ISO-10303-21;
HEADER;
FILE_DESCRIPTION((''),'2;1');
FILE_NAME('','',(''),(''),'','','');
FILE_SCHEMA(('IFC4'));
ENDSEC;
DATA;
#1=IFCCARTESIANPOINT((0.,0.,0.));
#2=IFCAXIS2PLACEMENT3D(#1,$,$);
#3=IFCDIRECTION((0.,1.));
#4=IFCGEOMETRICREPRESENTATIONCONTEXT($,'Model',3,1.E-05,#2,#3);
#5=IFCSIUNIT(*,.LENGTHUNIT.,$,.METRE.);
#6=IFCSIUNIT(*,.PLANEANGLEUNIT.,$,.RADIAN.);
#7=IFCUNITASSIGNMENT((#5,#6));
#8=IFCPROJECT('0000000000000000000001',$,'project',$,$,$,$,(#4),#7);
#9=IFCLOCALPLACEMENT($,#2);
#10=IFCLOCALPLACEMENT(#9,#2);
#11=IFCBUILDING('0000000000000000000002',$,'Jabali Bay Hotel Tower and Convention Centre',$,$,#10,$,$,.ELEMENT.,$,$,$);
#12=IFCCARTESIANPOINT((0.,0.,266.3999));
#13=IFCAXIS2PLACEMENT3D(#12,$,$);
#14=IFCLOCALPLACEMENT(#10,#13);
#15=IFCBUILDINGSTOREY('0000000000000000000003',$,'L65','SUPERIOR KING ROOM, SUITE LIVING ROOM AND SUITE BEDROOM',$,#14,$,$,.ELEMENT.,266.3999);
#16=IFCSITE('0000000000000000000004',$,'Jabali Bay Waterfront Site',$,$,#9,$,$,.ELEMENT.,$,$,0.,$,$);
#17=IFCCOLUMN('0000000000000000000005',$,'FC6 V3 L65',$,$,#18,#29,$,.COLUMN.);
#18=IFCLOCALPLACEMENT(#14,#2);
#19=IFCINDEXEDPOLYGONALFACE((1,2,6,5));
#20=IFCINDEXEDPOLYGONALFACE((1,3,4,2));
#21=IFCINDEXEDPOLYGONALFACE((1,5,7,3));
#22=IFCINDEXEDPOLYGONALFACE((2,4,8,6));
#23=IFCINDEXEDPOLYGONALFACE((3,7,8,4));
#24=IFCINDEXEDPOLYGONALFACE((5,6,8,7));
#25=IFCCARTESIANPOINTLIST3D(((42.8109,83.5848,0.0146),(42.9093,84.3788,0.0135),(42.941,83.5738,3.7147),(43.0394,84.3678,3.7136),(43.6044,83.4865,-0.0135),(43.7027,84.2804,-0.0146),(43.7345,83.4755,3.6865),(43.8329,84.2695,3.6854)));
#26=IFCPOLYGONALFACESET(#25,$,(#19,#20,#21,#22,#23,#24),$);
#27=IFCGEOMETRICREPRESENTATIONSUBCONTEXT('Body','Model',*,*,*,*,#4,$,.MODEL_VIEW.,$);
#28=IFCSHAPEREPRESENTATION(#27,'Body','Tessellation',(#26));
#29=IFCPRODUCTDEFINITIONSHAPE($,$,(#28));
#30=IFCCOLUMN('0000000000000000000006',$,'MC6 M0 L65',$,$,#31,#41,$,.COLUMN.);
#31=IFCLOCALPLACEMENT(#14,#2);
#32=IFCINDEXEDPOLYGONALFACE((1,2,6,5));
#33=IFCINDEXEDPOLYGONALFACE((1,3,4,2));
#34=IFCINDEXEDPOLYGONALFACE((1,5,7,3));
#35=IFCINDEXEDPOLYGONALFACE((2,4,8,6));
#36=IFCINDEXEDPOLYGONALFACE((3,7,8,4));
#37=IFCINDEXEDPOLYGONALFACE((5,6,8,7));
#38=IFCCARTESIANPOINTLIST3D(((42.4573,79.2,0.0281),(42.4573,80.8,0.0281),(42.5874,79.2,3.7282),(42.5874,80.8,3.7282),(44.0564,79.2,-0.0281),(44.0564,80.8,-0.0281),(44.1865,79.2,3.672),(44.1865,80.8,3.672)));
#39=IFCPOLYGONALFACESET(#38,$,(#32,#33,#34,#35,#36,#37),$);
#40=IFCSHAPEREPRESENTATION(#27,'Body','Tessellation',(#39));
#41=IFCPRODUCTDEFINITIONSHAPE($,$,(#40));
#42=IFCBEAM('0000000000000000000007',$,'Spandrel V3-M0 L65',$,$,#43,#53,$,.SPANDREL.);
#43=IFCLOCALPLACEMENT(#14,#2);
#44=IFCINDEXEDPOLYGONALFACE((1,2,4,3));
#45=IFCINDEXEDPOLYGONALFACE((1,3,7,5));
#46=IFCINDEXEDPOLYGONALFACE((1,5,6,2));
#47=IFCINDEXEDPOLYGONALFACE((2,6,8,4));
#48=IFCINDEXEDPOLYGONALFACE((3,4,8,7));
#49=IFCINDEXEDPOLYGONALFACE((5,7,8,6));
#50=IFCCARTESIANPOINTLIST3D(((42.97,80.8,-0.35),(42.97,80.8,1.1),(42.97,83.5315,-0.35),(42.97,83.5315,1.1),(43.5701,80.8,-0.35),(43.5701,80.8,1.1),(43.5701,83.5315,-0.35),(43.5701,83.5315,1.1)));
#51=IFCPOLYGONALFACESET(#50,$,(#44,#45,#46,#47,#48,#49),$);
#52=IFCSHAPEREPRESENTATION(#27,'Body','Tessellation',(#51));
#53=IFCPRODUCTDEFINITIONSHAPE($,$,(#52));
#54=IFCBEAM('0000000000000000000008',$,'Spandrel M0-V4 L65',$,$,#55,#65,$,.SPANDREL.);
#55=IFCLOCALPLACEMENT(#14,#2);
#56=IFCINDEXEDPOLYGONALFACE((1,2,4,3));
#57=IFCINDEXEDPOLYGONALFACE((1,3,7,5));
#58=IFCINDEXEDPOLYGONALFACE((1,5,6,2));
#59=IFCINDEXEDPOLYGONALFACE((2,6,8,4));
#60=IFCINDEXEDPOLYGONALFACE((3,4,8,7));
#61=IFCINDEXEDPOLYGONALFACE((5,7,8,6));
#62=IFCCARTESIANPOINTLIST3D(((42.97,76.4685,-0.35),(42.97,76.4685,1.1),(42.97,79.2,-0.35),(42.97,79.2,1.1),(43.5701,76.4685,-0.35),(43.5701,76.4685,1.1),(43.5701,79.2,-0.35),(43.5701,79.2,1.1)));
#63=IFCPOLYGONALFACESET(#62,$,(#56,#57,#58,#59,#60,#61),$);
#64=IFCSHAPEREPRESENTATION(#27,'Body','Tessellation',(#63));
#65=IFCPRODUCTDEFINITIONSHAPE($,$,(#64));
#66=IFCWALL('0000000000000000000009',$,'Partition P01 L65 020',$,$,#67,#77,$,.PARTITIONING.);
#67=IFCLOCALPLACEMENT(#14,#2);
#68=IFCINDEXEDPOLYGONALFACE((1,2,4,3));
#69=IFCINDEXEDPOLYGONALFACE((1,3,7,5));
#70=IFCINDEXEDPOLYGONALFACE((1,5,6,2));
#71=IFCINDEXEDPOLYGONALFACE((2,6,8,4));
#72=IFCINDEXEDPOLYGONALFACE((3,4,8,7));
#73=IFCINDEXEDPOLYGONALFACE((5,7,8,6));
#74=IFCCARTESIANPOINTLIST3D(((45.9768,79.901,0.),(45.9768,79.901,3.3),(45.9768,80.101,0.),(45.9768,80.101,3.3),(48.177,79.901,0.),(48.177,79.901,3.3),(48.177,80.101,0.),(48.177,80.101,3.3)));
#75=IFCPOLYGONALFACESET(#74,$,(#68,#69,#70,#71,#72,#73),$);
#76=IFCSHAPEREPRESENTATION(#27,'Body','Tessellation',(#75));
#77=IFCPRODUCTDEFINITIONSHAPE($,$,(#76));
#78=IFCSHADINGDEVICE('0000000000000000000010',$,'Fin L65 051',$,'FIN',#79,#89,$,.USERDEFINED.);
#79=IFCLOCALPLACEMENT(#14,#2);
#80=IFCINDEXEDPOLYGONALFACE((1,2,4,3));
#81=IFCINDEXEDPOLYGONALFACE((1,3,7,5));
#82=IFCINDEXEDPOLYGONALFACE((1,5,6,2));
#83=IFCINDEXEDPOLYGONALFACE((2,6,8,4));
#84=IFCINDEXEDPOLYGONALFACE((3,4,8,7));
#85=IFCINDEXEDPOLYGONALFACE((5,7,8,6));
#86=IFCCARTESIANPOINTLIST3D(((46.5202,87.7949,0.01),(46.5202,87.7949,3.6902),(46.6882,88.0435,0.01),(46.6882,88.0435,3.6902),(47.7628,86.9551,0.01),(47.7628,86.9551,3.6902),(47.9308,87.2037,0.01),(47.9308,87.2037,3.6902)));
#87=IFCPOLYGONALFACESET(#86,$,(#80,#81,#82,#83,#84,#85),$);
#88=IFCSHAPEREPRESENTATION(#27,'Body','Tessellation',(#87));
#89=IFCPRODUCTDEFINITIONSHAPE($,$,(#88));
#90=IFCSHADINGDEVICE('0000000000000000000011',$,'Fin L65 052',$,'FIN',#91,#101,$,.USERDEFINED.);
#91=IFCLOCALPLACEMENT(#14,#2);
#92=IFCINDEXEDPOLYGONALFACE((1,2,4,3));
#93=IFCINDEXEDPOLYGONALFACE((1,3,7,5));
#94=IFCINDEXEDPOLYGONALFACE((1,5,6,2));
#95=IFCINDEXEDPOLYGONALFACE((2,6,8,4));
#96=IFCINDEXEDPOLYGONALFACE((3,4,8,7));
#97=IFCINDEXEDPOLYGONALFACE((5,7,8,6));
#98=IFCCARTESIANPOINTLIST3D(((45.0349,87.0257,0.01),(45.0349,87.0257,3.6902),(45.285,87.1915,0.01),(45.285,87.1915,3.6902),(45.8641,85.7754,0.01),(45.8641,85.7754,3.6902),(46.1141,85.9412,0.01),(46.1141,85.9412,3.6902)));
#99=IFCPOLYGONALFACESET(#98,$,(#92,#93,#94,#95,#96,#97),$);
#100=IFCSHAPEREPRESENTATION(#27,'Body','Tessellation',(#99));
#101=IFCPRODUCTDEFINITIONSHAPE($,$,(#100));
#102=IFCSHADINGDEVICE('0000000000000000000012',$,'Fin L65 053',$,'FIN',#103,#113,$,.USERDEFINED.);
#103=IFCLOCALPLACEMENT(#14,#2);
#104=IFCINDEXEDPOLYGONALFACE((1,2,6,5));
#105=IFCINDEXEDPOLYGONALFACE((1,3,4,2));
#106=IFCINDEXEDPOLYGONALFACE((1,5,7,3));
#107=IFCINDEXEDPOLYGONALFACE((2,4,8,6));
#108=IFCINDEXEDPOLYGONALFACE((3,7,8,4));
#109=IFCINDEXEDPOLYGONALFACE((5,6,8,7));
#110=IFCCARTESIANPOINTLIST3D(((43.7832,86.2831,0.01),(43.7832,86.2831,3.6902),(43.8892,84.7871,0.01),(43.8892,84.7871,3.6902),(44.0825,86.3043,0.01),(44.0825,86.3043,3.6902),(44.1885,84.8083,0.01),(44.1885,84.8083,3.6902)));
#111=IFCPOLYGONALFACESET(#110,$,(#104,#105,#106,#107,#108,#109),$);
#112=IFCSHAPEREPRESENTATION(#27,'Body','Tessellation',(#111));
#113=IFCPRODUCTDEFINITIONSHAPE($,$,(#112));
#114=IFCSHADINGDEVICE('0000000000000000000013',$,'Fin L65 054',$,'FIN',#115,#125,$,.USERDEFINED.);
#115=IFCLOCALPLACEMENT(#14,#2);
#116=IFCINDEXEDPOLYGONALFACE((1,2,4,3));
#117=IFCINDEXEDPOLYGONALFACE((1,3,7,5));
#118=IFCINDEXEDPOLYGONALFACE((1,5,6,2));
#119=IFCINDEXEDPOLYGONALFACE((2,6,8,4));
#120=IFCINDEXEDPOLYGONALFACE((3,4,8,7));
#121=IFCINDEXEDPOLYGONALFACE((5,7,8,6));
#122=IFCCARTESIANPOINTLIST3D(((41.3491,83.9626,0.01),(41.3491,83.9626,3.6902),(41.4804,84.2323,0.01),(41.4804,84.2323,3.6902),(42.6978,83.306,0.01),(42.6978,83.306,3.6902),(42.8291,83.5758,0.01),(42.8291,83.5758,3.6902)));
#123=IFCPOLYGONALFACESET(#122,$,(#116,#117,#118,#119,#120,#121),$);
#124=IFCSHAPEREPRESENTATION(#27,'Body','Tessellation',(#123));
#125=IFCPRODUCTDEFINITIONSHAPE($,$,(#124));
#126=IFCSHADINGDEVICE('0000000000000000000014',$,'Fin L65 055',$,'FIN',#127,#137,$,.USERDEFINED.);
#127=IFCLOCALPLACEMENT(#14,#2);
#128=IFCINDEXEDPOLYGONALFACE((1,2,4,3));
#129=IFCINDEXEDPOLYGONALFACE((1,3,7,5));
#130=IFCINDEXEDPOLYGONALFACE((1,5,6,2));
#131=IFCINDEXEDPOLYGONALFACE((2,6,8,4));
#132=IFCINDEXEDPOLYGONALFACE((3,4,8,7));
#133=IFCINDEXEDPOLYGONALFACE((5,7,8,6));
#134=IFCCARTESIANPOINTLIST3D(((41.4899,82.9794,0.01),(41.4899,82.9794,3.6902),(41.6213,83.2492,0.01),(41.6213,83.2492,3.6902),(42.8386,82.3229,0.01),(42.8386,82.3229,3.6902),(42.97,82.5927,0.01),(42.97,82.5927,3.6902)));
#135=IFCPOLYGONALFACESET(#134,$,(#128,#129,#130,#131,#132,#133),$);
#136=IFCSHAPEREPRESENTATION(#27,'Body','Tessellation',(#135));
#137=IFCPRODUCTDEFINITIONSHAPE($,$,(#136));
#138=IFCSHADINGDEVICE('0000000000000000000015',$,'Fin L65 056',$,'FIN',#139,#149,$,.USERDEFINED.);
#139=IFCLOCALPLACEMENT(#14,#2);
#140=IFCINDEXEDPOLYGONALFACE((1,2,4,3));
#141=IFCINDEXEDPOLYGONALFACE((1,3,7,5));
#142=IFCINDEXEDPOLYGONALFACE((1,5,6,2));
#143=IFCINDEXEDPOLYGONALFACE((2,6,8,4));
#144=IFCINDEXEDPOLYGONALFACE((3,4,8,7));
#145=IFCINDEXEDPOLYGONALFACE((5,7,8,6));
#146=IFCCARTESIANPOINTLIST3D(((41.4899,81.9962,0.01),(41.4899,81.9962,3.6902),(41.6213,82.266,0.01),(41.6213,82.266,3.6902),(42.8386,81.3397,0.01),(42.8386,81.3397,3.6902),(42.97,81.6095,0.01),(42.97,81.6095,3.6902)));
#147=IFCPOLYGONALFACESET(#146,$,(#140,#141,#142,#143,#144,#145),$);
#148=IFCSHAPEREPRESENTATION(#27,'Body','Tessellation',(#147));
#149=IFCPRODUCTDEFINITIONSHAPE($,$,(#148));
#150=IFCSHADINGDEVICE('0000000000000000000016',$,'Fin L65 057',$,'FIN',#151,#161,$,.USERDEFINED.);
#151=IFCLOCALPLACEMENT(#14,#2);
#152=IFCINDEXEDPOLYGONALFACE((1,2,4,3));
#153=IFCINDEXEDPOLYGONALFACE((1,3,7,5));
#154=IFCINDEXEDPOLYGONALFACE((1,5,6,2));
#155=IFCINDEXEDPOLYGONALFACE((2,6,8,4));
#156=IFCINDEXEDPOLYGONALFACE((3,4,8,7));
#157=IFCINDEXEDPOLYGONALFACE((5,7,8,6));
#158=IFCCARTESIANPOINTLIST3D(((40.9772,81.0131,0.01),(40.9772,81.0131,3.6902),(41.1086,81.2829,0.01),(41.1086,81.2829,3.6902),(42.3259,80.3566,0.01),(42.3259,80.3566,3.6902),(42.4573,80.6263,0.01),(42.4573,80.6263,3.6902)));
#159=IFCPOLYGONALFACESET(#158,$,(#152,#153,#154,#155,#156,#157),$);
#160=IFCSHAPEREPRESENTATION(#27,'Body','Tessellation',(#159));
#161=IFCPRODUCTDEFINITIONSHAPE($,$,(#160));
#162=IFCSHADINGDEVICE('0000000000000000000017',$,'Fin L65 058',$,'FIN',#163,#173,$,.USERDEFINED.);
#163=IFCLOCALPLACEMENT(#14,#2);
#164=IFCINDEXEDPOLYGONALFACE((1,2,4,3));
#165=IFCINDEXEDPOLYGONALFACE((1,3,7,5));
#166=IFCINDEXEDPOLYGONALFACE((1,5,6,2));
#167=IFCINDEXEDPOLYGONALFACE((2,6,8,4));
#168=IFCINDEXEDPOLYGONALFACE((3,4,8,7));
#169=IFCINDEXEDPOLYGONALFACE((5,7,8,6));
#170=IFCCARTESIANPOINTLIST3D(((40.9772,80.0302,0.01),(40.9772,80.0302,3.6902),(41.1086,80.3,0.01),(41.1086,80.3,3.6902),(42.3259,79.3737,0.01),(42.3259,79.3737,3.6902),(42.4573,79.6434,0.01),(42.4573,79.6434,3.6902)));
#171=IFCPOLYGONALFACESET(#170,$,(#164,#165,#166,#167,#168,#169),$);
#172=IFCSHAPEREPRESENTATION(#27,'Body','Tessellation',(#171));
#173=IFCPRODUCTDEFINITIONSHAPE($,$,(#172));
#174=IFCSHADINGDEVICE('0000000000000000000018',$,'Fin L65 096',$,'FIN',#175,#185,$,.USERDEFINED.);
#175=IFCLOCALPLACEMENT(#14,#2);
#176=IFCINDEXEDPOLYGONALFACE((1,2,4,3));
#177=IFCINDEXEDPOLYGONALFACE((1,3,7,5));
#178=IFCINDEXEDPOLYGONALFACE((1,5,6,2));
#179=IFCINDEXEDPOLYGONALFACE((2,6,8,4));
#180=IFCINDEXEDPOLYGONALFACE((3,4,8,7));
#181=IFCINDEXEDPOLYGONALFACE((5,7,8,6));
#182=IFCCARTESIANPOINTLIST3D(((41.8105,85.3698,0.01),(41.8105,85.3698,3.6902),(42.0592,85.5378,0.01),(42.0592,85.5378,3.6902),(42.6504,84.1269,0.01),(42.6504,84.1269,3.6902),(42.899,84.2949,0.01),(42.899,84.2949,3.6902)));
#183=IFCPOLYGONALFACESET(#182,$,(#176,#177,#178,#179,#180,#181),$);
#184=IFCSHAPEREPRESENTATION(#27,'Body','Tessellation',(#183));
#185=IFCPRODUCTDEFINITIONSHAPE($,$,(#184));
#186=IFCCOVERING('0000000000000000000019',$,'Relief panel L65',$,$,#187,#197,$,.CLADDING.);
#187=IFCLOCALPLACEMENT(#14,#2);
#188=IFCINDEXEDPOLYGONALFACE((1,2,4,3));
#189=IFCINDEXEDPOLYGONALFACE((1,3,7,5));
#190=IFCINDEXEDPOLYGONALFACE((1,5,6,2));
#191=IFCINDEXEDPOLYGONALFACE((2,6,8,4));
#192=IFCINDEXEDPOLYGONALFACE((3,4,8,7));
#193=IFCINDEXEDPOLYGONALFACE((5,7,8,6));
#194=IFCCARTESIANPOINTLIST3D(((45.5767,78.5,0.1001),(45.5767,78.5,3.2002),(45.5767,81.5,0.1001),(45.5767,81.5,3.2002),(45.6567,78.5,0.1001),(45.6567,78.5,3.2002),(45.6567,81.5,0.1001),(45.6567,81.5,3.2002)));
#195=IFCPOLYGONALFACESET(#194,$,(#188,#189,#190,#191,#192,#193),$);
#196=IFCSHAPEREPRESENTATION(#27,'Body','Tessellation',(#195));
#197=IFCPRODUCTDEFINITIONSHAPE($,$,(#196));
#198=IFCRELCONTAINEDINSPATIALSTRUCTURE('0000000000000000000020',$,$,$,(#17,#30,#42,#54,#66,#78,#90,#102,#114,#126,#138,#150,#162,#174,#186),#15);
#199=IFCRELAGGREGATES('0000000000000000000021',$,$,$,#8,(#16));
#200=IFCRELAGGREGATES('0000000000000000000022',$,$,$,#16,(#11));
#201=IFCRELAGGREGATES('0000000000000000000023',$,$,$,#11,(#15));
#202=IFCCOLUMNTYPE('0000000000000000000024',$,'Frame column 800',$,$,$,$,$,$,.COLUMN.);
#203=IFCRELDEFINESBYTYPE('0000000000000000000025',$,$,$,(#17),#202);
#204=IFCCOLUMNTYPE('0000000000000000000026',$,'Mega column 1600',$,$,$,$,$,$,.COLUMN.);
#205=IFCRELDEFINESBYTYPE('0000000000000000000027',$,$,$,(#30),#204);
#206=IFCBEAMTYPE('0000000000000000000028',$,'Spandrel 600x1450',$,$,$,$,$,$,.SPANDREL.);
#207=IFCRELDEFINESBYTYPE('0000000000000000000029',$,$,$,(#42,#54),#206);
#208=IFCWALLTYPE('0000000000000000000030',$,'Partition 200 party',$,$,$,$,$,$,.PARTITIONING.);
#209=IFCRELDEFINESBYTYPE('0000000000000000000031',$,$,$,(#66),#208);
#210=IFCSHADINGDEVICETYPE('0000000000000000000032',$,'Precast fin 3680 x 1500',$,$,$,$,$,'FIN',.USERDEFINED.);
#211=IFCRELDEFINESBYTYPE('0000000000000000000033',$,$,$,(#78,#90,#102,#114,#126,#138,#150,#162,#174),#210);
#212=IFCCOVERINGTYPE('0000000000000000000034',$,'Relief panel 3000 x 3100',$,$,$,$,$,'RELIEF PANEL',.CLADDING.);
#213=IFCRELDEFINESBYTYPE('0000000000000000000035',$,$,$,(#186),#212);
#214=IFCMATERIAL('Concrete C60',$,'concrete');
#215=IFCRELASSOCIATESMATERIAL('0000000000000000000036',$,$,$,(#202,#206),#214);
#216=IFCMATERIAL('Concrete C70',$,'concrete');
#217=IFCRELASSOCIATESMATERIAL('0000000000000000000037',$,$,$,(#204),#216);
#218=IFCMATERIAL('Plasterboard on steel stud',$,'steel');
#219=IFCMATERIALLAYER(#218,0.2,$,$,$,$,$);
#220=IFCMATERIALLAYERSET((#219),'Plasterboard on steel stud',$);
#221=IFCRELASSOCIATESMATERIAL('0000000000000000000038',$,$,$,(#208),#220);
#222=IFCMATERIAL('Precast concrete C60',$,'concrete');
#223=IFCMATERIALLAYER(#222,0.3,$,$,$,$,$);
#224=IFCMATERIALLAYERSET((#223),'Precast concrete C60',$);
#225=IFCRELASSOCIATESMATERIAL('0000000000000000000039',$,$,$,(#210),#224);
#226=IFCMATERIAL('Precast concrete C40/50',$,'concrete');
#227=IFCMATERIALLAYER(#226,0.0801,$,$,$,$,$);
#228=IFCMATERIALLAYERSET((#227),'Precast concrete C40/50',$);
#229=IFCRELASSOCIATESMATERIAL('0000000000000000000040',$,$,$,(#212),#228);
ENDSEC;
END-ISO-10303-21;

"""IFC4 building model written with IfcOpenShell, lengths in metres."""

from ifc_helpers import new_model, si_unit, direction, frame, frame_2d, origin, origin_2d, place, context, subcontext, project, spatial, rectangle, extrude, material, layer, layer_set, material_profile, profile_set, type_object, element, save


model = new_model("IFC4")

# Units and contexts
model_context = context("Model", 3, precision=1e-05, world=origin(), true_north=direction((0.0, 1.0)))
body_context = subcontext(model_context, "Body", "Model", "MODEL_VIEW")
ifc_project = project(units=[si_unit("LENGTHUNIT", "METRE"), si_unit("PLANEANGLEUNIT", "RADIAN")], contexts=[model_context])

# Site, building, storey
site_placement = place(None, origin())
site = spatial("IfcSite", under=ifc_project, at=site_placement, Name="Jabali Bay Waterfront Site", CompositionType="ELEMENT", RefElevation=0.0)
building_placement = place(site_placement, origin())
building = spatial("IfcBuilding", under=site, at=building_placement, Name="Jabali Bay Hotel Tower and Convention Centre", CompositionType="ELEMENT")
storey_placement = place(building_placement, frame((0.0, 0.0, 266.3999)))
storey = spatial("IfcBuildingStorey", under=building, at=storey_placement, Name="L65", Description="SUPERIOR KING ROOM, SUITE LIVING ROOM AND SUITE BEDROOM", CompositionType="ELEMENT", Elevation=266.3999)

# Columns
ifc_material_1 = material(Name="Concrete C60", Category="concrete")
ifc_material_profile_1 = material_profile(ifc_material_1, rectangle(XDim=0.8, YDim=0.8, at=origin_2d()), Name="Frame column 800")
ifc_profile_set_1 = profile_set([ifc_material_profile_1], Name="Concrete C60")
column_type_1 = type_object("IfcColumnType", Name="Frame column 800", PredefinedType="COLUMN", material=ifc_profile_set_1)
column_1_placement = place(storey_placement, frame((43.2568, 83.9326, 0.0), z_axis=(0.035146, -0.002967, 0.999378), x_axis=(-0.991795, 0.122888, 0.035244)))
element("IfcColumn", 1, at=column_1_placement, inside=storey, type_object=column_type_1, Name="FC6 V3 L65", PredefinedType="COLUMN", context=body_context, shape_type="SweptSolid", body=[
    extrude(rectangle(XDim=0.8, YDim=0.8, at=origin_2d()), origin(), (0.0, 0.0, 1.0), 3.7024),
])
ifc_material_2 = material(Name="Concrete C70", Category="concrete")
ifc_material_profile_2 = material_profile(ifc_material_2, rectangle(XDim=1.6001, YDim=1.6001, at=origin_2d()), Name="Mega column 1600")
ifc_profile_set_2 = profile_set([ifc_material_profile_2], Name="Concrete C70")
column_type_2 = type_object("IfcColumnType", Name="Mega column 1600", PredefinedType="COLUMN", material=ifc_profile_set_2)
column_2_placement = place(storey_placement, frame((43.2568, 80.0, 0.0), z_axis=(0.035146, 0.0, 0.999382), x_axis=(0.0, 1.0, 0.0)))
element("IfcColumn", 2, at=column_2_placement, inside=storey, type_object=column_type_2, Name="MC6 M0 L65", PredefinedType="COLUMN", context=body_context, shape_type="SweptSolid", body=[
    extrude(rectangle(XDim=1.6001, YDim=1.6001, at=origin_2d()), origin(), (0.0, 0.0, 1.0), 3.7024),
])

# Beams
ifc_material_profile_3 = material_profile(ifc_material_1, rectangle(XDim=0.6001, YDim=1.45, at=origin_2d()), Name="Spandrel 600x1450")
ifc_profile_set_3 = profile_set([ifc_material_profile_3], Name="Concrete C60")
beam_type = type_object("IfcBeamType", Name="Spandrel 600x1450", PredefinedType="SPANDREL", material=ifc_profile_set_3)
for number, where, z_axis, x_axis, name in (
    (3, (43.27, 83.5315, 0.375), (0.0, -1.0, 0.0), (1.0, 0.0, 0.0), "Spandrel V3-M0 L65"),
    (4, (43.27, 79.2, 0.375), (0.0, -1.0, 0.0), (1.0, 0.0, 0.0), "Spandrel M0-V4 L65"),
):
    element("IfcBeam", number, at=place(storey_placement, frame(where, z_axis=z_axis, x_axis=x_axis)), inside=storey, type_object=beam_type, Name=name, PredefinedType="SPANDREL", context=body_context, shape_type="SweptSolid", body=[
        extrude(rectangle(XDim=0.6001, YDim=1.45, at=origin_2d()), origin(), (0.0, 0.0, 1.0), 2.7314),
    ])

# Wall
ifc_material_3 = material(Name="Plasterboard on steel stud", Category="steel")
ifc_layer_1 = layer(ifc_material_3, 0.2)
ifc_layer_set_1 = layer_set([ifc_layer_1], Name="Plasterboard on steel stud")
wall_type_1 = type_object("IfcWallType", Name="Partition 200 party", PredefinedType="PARTITIONING", material=ifc_layer_set_1)
wall_1_placement = place(storey_placement, frame((45.9768, 80.001, 0.0), z_axis=(0.0, 0.0, 1.0), x_axis=(1.0, 0.0, 0.0)))
element("IfcWall", 5, at=wall_1_placement, inside=storey, type_object=wall_type_1, Name="Partition P01 L65 020", PredefinedType="PARTITIONING", context=body_context, shape_type="SweptSolid", body=[
    extrude(rectangle(XDim=2.2002, YDim=0.2, at=frame_2d((1.1001, 0.0))), origin(), (0.0, 0.0, 1.0), 3.3),
])

# Shading devices
ifc_material_4 = material(Name="Precast concrete C60", Category="concrete")
ifc_layer_2 = layer(ifc_material_4, 0.3)
ifc_layer_set_2 = layer_set([ifc_layer_2], Name="Precast concrete C60")
shading_device_type = type_object("IfcShadingDeviceType", Name="Precast fin 3680 x 1500", ElementType="FIN", PredefinedType="USERDEFINED", material=ifc_layer_set_2)
shading_device_1_placement = place(storey_placement, frame((47.8469, 87.0793, 0.01), z_axis=(0.0, 0.0, 1.0), x_axis=(-0.828528, 0.559948, 0.0)))
element("IfcShadingDevice", 6, at=shading_device_1_placement, inside=storey, type_object=shading_device_type, Name="Fin L65 051", ObjectType="FIN", PredefinedType="USERDEFINED", context=body_context, shape_type="SweptSolid", body=[
    extrude(rectangle(XDim=1.4998, YDim=0.3, at=frame_2d((0.75, 0.0))), origin(), (0.0, 0.0, 1.0), 3.6802),
])
shading_device_2_placement = place(storey_placement, frame((45.989, 85.8584, 0.01), z_axis=(0.0, 0.0, 1.0), x_axis=(-0.552671, 0.8334, 0.0)))
element("IfcShadingDevice", 7, at=shading_device_2_placement, inside=storey, type_object=shading_device_type, Name="Fin L65 052", ObjectType="FIN", PredefinedType="USERDEFINED", context=body_context, shape_type="SweptSolid", body=[
    extrude(rectangle(XDim=1.5002, YDim=0.3, at=frame_2d((0.75, 0.0))), origin(), (0.0, 0.0, 1.0), 3.6802),
])
shading_device_3_placement = place(storey_placement, frame((44.0388, 84.7976, 0.01), z_axis=(0.0, 0.0, 1.0), x_axis=(-0.070646, 0.997501, 0.0)))
element("IfcShadingDevice", 8, at=shading_device_3_placement, inside=storey, type_object=shading_device_type, Name="Fin L65 053", ObjectType="FIN", PredefinedType="USERDEFINED", context=body_context, shape_type="SweptSolid", body=[
    extrude(rectangle(XDim=1.4998, YDim=0.3, at=frame_2d((0.75, 0.0))), origin(), (0.0, 0.0, 1.0), 3.6802),
])
for number, where, z_axis, x_axis, name in (
    (9, (42.7634, 83.4409, 0.01), (0.0, 0.0, 1.0), (-0.899129, 0.437683, 0.0), "Fin L65 054"),
    (10, (42.9043, 82.4578, 0.01), (0.0, 0.0, 1.0), (-0.899129, 0.437683, 0.0), "Fin L65 055"),
    (11, (42.9043, 81.4746, 0.01), (0.0, 0.0, 1.0), (-0.899129, 0.437683, 0.0), "Fin L65 056"),
    (12, (42.3916, 80.4915, 0.01), (0.0, 0.0, 1.0), (-0.899129, 0.437683, 0.0), "Fin L65 057"),
    (13, (42.3916, 79.5085, 0.01), (0.0, 0.0, 1.0), (-0.899129, 0.437683, 0.0), "Fin L65 058"),
    (14, (42.7747, 84.2109, 0.01), (0.0, 0.0, 1.0), (-0.559873, 0.828579, 0.0), "Fin L65 096"),
):
    element("IfcShadingDevice", number, at=place(storey_placement, frame(where, z_axis=z_axis, x_axis=x_axis)), inside=storey, type_object=shading_device_type, Name=name, ObjectType="FIN", PredefinedType="USERDEFINED", context=body_context, shape_type="SweptSolid", body=[
        extrude(rectangle(XDim=1.5, YDim=0.3, at=frame_2d((0.75, 0.0))), origin(), (0.0, 0.0, 1.0), 3.6802),
    ])

# Covering
ifc_material_5 = material(Name="Precast concrete C40/50", Category="concrete")
ifc_layer_3 = layer(ifc_material_5, 0.0801)
ifc_layer_set_3 = layer_set([ifc_layer_3], Name="Precast concrete C40/50")
covering_type = type_object("IfcCoveringType", Name="Relief panel 3000 x 3100", ElementType="RELIEF PANEL", PredefinedType="CLADDING", material=ifc_layer_set_3)
covering_placement = place(storey_placement, frame((45.6167, 80.0, 0.1001), z_axis=(0.0, 0.0, 1.0), x_axis=(0.0, 1.0, 0.0)))
element("IfcCovering", 15, at=covering_placement, inside=storey, type_object=covering_type, Name="Relief panel L65", PredefinedType="CLADDING", context=body_context, shape_type="SweptSolid", body=[
    extrude(rectangle(XDim=3.0, YDim=0.0801, at=origin_2d()), origin(), (0.0, 0.0, 1.0), 3.1001),
])

save(model, "model.ifc")
